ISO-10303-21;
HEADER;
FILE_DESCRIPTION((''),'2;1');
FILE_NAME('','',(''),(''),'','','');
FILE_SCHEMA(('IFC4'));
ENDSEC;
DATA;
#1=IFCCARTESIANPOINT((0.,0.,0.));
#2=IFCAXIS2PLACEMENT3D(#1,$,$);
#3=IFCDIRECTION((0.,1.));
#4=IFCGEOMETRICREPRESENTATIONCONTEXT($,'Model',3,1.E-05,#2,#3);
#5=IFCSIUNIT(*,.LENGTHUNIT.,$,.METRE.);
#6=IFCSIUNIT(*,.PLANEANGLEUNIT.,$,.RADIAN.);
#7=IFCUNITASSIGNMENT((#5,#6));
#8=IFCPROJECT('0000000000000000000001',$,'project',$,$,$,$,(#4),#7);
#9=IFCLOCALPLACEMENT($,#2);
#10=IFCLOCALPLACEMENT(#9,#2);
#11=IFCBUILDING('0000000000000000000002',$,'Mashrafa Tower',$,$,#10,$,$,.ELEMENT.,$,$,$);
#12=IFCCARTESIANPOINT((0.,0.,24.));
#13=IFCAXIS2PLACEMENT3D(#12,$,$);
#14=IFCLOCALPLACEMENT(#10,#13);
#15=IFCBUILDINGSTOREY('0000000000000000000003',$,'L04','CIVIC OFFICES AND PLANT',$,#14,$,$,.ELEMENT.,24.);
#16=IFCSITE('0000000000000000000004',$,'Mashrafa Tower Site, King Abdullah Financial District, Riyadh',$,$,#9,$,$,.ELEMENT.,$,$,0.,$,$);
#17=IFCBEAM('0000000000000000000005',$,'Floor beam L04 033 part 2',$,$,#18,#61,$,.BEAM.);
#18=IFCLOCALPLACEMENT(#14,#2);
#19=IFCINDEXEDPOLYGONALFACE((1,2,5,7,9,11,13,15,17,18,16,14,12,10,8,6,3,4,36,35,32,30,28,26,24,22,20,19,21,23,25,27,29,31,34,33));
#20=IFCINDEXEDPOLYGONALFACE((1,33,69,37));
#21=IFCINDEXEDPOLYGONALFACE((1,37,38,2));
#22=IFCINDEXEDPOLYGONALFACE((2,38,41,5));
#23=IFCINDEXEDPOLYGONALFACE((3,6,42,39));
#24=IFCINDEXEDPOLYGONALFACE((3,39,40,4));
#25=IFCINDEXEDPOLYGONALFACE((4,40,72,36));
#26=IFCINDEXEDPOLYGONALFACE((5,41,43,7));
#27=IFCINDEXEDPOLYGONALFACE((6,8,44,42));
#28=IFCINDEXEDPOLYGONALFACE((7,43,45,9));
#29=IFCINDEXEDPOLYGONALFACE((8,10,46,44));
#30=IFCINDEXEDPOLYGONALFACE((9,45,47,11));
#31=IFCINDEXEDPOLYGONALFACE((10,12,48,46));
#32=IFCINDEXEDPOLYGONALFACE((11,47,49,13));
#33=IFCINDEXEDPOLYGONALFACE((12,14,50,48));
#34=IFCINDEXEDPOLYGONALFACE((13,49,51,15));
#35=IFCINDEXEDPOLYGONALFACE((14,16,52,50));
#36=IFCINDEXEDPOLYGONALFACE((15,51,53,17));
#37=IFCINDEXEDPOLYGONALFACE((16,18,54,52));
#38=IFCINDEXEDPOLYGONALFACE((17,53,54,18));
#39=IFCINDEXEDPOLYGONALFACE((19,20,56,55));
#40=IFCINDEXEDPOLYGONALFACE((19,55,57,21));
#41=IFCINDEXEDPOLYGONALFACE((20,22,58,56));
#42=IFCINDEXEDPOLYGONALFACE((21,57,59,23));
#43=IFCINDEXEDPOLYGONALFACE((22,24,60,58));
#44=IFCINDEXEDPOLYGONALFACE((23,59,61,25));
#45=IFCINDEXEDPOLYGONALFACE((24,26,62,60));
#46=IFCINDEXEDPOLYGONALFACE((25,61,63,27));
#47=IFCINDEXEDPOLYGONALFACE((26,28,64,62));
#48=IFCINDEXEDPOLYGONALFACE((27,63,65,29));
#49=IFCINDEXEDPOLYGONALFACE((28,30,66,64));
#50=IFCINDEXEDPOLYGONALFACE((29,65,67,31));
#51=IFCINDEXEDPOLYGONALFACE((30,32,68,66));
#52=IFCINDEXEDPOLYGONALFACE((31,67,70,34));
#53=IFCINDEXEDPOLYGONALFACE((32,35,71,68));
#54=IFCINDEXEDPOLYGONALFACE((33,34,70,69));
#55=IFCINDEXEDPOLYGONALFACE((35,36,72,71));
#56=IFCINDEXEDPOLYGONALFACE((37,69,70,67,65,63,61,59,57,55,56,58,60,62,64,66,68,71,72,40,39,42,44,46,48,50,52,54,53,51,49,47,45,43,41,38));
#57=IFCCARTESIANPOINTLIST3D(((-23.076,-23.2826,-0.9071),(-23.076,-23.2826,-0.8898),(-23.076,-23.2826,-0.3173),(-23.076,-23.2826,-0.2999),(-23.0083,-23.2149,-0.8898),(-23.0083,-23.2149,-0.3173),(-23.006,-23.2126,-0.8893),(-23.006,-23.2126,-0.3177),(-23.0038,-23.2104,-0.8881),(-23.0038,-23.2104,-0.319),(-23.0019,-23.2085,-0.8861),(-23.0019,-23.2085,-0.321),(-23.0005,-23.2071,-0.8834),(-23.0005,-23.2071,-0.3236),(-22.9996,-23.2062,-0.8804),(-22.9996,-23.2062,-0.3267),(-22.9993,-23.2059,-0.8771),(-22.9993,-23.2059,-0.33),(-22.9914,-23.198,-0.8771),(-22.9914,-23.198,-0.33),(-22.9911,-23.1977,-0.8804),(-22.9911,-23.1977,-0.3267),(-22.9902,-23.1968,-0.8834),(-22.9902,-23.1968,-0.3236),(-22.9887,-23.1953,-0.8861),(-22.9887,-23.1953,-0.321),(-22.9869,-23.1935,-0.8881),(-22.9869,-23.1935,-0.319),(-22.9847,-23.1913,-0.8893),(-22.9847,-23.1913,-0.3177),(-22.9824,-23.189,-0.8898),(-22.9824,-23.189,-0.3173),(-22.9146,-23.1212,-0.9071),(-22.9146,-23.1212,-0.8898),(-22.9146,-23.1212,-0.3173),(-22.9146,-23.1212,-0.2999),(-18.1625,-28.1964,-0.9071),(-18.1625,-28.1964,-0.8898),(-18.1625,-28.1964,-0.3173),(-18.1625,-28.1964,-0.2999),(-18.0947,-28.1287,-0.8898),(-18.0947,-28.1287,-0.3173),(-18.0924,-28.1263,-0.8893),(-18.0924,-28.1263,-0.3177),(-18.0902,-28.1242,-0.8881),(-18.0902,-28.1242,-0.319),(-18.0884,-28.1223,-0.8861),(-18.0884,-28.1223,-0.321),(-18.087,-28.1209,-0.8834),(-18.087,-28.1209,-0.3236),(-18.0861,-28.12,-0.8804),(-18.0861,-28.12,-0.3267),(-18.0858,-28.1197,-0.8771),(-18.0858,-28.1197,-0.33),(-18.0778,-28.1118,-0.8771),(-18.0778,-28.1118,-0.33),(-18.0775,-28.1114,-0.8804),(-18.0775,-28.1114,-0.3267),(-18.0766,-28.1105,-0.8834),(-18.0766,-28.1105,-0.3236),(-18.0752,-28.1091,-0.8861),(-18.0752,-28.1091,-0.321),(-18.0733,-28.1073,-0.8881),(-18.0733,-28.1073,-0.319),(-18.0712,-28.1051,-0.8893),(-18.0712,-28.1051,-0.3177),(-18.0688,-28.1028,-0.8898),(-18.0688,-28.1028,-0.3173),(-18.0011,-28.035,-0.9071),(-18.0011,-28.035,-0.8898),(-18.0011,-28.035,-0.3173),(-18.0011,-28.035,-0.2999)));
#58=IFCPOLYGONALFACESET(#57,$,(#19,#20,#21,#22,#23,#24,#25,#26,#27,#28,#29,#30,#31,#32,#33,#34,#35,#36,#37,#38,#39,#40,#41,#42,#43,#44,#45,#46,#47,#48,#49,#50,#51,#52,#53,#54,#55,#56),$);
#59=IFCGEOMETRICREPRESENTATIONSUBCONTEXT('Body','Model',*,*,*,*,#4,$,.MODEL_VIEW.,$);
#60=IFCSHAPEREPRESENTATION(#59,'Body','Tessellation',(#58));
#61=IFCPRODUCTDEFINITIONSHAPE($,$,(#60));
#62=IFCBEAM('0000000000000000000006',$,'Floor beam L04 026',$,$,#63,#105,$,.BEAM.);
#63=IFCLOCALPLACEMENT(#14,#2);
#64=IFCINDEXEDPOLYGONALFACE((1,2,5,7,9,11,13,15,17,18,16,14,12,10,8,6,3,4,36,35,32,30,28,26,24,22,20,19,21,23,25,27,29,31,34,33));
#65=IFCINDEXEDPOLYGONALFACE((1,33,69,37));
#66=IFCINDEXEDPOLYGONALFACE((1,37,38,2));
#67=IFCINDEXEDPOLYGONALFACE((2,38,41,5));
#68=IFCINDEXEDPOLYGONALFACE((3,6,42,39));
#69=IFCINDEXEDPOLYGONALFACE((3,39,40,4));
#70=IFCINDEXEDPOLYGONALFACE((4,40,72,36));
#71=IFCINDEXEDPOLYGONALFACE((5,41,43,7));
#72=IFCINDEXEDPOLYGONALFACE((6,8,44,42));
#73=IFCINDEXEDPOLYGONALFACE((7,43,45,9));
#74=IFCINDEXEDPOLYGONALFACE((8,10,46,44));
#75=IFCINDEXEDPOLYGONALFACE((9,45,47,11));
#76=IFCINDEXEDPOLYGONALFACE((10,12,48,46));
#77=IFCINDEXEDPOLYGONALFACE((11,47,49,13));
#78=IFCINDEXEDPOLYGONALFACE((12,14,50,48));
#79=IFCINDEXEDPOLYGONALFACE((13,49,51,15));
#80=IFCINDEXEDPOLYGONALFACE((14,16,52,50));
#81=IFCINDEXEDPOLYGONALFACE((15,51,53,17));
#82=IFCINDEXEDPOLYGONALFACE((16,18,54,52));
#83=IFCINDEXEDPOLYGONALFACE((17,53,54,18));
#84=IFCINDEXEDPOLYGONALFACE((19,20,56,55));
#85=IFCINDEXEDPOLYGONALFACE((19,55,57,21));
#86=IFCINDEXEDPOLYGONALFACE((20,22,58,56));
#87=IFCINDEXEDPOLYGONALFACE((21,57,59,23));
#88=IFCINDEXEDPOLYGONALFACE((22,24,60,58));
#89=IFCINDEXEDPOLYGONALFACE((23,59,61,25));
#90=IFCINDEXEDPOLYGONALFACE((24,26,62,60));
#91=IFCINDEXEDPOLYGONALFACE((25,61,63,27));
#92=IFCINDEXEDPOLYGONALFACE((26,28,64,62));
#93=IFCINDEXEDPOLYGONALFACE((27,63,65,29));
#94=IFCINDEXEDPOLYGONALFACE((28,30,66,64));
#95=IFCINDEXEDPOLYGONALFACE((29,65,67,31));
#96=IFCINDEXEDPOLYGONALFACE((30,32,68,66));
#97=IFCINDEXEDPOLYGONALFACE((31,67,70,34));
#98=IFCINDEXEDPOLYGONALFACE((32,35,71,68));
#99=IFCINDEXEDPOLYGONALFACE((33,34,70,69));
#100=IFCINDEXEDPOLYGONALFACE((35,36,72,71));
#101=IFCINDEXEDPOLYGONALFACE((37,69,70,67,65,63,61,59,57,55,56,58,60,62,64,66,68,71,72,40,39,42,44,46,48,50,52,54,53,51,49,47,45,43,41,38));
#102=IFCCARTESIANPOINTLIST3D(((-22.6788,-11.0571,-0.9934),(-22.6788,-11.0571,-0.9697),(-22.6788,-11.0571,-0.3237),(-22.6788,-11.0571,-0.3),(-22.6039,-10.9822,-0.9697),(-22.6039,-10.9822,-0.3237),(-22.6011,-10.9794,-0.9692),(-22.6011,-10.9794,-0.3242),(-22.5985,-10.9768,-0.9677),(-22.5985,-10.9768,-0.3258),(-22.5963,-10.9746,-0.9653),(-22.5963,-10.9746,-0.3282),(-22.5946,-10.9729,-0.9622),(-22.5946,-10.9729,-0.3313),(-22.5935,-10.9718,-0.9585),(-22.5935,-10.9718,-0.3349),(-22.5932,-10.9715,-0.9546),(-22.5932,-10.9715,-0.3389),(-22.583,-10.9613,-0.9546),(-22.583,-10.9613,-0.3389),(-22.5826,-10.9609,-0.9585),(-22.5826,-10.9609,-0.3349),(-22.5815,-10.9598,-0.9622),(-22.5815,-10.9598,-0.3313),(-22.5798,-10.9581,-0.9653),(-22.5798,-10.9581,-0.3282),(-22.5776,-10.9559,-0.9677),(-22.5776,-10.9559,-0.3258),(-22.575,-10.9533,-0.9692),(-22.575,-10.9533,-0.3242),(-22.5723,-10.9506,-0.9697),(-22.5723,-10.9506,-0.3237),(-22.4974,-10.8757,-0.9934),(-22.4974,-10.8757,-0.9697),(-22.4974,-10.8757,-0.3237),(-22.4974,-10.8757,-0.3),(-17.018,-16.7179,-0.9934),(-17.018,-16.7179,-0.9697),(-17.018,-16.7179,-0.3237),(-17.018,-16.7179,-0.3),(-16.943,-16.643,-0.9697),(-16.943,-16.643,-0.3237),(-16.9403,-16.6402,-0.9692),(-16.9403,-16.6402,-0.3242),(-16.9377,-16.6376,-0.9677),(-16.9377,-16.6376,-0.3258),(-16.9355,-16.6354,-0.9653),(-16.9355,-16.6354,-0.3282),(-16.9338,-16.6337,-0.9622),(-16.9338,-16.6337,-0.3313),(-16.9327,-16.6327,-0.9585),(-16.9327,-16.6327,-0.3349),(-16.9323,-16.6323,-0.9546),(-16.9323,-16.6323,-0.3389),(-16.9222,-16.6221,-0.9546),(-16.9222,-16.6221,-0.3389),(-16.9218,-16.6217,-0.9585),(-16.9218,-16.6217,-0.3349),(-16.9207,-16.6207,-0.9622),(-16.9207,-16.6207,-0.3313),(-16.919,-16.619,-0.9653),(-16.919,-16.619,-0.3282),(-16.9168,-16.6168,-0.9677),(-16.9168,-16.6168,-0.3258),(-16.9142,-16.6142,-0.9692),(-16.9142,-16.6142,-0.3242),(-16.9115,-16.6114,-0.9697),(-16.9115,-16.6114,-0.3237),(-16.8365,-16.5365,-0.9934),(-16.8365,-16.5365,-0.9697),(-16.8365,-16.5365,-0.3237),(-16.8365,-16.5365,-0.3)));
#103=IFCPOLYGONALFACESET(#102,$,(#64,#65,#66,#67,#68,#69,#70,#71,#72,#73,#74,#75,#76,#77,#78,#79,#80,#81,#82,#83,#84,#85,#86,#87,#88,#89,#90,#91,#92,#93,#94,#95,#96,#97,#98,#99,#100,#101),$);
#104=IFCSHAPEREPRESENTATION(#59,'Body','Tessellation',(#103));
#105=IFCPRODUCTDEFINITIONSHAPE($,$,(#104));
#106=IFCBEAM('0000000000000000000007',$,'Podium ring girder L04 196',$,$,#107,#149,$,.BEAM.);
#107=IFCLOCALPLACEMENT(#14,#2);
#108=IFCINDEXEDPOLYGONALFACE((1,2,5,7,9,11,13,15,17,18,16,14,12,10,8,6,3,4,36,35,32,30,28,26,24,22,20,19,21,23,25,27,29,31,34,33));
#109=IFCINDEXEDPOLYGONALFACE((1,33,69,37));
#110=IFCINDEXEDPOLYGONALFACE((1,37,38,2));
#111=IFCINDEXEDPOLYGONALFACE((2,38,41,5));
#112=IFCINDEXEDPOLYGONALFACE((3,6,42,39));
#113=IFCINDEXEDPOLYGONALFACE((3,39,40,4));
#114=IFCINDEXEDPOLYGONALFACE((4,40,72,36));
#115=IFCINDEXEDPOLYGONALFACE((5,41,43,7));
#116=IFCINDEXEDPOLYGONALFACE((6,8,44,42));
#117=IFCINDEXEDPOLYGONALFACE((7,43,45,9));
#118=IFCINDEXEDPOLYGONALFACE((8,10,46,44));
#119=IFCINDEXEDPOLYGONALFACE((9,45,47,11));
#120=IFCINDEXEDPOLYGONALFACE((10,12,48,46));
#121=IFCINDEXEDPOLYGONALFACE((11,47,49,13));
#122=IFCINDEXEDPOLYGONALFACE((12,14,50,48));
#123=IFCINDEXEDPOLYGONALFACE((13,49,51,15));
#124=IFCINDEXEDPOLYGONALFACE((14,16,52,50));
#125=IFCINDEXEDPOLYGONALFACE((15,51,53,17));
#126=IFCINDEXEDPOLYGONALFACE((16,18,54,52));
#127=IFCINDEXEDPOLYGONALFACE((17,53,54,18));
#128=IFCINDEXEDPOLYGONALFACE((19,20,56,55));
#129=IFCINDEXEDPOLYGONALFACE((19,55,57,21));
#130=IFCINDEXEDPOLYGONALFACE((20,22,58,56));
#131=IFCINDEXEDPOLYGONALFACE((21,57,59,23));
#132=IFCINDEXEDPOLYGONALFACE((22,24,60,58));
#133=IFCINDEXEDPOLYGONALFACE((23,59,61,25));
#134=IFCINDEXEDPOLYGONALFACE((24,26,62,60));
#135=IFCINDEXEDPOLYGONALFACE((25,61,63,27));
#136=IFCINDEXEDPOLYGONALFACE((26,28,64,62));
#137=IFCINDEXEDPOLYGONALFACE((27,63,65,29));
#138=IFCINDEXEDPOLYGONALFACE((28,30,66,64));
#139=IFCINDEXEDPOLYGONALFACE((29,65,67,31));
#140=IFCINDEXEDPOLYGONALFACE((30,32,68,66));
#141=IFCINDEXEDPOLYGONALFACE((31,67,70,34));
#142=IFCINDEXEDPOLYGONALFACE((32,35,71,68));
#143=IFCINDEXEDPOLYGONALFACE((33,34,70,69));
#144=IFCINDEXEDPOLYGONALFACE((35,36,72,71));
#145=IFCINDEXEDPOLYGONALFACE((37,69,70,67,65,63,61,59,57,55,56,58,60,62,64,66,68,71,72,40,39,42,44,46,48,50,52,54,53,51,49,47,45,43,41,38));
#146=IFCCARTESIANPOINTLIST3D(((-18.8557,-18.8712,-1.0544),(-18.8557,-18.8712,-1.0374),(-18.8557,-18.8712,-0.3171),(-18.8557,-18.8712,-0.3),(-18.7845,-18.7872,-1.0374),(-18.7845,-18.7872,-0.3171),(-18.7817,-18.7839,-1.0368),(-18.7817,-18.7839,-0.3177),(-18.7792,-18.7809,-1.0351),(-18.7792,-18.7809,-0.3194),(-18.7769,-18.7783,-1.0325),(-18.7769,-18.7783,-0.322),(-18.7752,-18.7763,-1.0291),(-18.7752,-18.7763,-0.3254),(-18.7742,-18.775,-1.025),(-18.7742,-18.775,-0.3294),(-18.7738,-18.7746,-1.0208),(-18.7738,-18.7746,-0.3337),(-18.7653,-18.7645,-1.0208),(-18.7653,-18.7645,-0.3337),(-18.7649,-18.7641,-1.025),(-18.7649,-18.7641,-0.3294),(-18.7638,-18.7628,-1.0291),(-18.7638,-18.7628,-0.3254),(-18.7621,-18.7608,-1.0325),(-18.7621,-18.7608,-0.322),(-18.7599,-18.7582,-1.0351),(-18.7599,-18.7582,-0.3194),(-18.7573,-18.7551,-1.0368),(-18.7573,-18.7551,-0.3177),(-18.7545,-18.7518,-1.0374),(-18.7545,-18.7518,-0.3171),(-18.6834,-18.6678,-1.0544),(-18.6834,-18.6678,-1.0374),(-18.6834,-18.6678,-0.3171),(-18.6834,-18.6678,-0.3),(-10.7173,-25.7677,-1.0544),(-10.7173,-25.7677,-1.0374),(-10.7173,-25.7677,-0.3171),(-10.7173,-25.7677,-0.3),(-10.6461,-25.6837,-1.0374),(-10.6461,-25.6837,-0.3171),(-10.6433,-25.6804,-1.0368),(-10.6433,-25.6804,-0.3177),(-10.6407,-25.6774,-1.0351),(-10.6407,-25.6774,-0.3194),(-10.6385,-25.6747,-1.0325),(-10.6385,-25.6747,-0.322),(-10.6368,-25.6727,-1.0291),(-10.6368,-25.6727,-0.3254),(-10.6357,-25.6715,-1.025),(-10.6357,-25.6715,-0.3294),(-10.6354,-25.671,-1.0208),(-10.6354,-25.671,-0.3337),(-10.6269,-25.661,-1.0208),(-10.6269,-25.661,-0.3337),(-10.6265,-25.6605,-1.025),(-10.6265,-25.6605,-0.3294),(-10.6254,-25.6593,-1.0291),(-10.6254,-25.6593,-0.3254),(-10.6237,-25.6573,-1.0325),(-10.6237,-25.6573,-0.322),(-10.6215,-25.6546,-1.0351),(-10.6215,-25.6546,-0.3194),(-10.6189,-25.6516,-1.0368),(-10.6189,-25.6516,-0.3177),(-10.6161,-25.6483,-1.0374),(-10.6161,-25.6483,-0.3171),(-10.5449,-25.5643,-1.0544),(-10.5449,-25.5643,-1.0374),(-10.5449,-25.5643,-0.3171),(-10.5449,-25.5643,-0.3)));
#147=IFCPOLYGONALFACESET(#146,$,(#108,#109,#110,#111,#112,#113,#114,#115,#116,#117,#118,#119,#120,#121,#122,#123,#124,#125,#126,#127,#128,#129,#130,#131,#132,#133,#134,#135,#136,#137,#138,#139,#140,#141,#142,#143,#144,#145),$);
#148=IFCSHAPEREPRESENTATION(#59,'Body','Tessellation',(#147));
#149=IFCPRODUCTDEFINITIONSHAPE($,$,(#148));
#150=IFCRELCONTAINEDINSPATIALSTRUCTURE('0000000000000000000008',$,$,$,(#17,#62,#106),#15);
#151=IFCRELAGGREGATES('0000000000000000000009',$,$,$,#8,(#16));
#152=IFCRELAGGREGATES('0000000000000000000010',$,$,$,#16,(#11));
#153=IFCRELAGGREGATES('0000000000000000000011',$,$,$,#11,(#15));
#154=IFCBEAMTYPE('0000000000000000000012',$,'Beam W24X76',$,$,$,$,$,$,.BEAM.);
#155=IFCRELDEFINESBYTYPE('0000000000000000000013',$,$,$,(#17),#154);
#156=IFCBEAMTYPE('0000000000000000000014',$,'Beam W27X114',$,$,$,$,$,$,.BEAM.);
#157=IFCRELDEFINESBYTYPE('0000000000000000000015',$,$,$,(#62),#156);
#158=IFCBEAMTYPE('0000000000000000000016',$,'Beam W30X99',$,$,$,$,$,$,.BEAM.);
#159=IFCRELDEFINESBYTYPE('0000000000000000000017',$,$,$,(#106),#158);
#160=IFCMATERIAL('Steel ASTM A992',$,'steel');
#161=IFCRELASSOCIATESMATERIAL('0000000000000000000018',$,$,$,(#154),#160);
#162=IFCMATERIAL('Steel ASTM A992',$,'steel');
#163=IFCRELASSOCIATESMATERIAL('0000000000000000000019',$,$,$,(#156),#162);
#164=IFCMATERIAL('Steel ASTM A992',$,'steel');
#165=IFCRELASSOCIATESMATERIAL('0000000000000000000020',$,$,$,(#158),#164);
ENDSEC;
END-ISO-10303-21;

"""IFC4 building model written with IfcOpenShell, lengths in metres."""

from ifc_helpers import new_model, si_unit, direction, frame, origin, origin_2d, place, context, subcontext, project, spatial, i_section, extrude, material, material_profile, profile_set, type_object, element, save


model = new_model("IFC4")

# Units and contexts
model_context = context("Model", 3, precision=1e-05, world=origin(), true_north=direction((0.0, 1.0)))
body_context = subcontext(model_context, "Body", "Model", "MODEL_VIEW")
ifc_project = project(units=[si_unit("LENGTHUNIT", "METRE"), si_unit("PLANEANGLEUNIT", "RADIAN")], contexts=[model_context])

# Site, building, storey
site_placement = place(None, origin())
site = spatial("IfcSite", under=ifc_project, at=site_placement, Name="Mashrafa Tower Site, King Abdullah Financial District, Riyadh", CompositionType="ELEMENT", RefElevation=0.0)
building_placement = place(site_placement, origin())
building = spatial("IfcBuilding", under=site, at=building_placement, Name="Mashrafa Tower", CompositionType="ELEMENT")
storey_placement = place(building_placement, frame((0.0, 0.0, 24.0)))
storey = spatial("IfcBuildingStorey", under=building, at=storey_placement, Name="L04", Description="CIVIC OFFICES AND PLANT", CompositionType="ELEMENT", Elevation=24.0)

# Beams
ifc_material_1 = material(Name="Steel ASTM A992", Category="steel")
ifc_material_profile_1 = material_profile(ifc_material_1, i_section(OverallWidth=0.2283, OverallDepth=0.6072, WebThickness=0.0112, FlangeThickness=0.0173, FilletRadius=0.0127, at=origin_2d()), Name="W24X76")
ifc_profile_set_1 = profile_set([ifc_material_profile_1], Name="Steel ASTM A992")
beam_type_1 = type_object("IfcBeamType", Name="Beam W24X76", PredefinedType="BEAM", material=ifc_profile_set_1)
beam_1_placement = place(storey_placement, frame((-18.0818, -28.1157, -0.6035), z_axis=(-0.707089, 0.707124, 0.0), x_axis=(-0.707124, -0.707089, 0.0)))
element("IfcBeam", 1, at=beam_1_placement, inside=storey, type_object=beam_type_1, Name="Floor beam L04 033 part 2", PredefinedType="BEAM", context=body_context, shape_type="SweptSolid", body=[
    extrude(i_section(OverallWidth=0.2283, OverallDepth=0.6072, WebThickness=0.0112, FlangeThickness=0.0173, FilletRadius=0.0127, at=origin_2d()), origin(), (0.0, 0.0, 1.0), 6.949),
])
ifc_material_2 = material(Name="Steel ASTM A992", Category="steel")
ifc_material_profile_2 = material_profile(ifc_material_2, i_section(OverallWidth=0.2566, OverallDepth=0.6934, WebThickness=0.0144, FlangeThickness=0.0237, FilletRadius=0.0151, at=origin_2d()), Name="W27X114")
ifc_profile_set_2 = profile_set([ifc_material_profile_2], Name="Steel ASTM A992")
beam_type_2 = type_object("IfcBeamType", Name="Beam W27X114", PredefinedType="BEAM", material=ifc_profile_set_2)
beam_2_placement = place(storey_placement, frame((-16.9272, -16.6272, -0.6467), z_axis=(-0.707107, 0.707107, 0.0), x_axis=(-0.707107, -0.707107, 0.0)))
element("IfcBeam", 2, at=beam_2_placement, inside=storey, type_object=beam_type_2, Name="Floor beam L04 026", PredefinedType="BEAM", context=body_context, shape_type="SweptSolid", body=[
    extrude(i_section(OverallWidth=0.2566, OverallDepth=0.6934, WebThickness=0.0144, FlangeThickness=0.0237, FilletRadius=0.0151, at=origin_2d()), origin(), (0.0, 0.0, 1.0), 8.0056),
])
ifc_material_3 = material(Name="Steel ASTM A992", Category="steel")
ifc_material_profile_3 = material_profile(ifc_material_3, i_section(OverallWidth=0.2666, OverallDepth=0.7544, WebThickness=0.0132, FlangeThickness=0.0171, FilletRadius=0.0166, at=origin_2d()), Name="W30X99")
ifc_profile_set_3 = profile_set([ifc_material_profile_3], Name="Steel ASTM A992")
beam_type_3 = type_object("IfcBeamType", Name="Beam W30X99", PredefinedType="BEAM", material=ifc_profile_set_3)
beam_3_placement = place(storey_placement, frame((-18.7695, -18.7695, -0.6772), z_axis=(0.762918, -0.646495, 0.0), x_axis=(0.646495, 0.762918, 0.0)))
element("IfcBeam", 3, at=beam_3_placement, inside=storey, type_object=beam_type_3, Name="Podium ring girder L04 196", PredefinedType="BEAM", context=body_context, shape_type="SweptSolid", body=[
    extrude(i_section(OverallWidth=0.2666, OverallDepth=0.7544, WebThickness=0.0132, FlangeThickness=0.0171, FilletRadius=0.0166, at=origin_2d()), origin(), (0.0, 0.0, 1.0), 10.6675),
])

save(model, "model.ifc")
